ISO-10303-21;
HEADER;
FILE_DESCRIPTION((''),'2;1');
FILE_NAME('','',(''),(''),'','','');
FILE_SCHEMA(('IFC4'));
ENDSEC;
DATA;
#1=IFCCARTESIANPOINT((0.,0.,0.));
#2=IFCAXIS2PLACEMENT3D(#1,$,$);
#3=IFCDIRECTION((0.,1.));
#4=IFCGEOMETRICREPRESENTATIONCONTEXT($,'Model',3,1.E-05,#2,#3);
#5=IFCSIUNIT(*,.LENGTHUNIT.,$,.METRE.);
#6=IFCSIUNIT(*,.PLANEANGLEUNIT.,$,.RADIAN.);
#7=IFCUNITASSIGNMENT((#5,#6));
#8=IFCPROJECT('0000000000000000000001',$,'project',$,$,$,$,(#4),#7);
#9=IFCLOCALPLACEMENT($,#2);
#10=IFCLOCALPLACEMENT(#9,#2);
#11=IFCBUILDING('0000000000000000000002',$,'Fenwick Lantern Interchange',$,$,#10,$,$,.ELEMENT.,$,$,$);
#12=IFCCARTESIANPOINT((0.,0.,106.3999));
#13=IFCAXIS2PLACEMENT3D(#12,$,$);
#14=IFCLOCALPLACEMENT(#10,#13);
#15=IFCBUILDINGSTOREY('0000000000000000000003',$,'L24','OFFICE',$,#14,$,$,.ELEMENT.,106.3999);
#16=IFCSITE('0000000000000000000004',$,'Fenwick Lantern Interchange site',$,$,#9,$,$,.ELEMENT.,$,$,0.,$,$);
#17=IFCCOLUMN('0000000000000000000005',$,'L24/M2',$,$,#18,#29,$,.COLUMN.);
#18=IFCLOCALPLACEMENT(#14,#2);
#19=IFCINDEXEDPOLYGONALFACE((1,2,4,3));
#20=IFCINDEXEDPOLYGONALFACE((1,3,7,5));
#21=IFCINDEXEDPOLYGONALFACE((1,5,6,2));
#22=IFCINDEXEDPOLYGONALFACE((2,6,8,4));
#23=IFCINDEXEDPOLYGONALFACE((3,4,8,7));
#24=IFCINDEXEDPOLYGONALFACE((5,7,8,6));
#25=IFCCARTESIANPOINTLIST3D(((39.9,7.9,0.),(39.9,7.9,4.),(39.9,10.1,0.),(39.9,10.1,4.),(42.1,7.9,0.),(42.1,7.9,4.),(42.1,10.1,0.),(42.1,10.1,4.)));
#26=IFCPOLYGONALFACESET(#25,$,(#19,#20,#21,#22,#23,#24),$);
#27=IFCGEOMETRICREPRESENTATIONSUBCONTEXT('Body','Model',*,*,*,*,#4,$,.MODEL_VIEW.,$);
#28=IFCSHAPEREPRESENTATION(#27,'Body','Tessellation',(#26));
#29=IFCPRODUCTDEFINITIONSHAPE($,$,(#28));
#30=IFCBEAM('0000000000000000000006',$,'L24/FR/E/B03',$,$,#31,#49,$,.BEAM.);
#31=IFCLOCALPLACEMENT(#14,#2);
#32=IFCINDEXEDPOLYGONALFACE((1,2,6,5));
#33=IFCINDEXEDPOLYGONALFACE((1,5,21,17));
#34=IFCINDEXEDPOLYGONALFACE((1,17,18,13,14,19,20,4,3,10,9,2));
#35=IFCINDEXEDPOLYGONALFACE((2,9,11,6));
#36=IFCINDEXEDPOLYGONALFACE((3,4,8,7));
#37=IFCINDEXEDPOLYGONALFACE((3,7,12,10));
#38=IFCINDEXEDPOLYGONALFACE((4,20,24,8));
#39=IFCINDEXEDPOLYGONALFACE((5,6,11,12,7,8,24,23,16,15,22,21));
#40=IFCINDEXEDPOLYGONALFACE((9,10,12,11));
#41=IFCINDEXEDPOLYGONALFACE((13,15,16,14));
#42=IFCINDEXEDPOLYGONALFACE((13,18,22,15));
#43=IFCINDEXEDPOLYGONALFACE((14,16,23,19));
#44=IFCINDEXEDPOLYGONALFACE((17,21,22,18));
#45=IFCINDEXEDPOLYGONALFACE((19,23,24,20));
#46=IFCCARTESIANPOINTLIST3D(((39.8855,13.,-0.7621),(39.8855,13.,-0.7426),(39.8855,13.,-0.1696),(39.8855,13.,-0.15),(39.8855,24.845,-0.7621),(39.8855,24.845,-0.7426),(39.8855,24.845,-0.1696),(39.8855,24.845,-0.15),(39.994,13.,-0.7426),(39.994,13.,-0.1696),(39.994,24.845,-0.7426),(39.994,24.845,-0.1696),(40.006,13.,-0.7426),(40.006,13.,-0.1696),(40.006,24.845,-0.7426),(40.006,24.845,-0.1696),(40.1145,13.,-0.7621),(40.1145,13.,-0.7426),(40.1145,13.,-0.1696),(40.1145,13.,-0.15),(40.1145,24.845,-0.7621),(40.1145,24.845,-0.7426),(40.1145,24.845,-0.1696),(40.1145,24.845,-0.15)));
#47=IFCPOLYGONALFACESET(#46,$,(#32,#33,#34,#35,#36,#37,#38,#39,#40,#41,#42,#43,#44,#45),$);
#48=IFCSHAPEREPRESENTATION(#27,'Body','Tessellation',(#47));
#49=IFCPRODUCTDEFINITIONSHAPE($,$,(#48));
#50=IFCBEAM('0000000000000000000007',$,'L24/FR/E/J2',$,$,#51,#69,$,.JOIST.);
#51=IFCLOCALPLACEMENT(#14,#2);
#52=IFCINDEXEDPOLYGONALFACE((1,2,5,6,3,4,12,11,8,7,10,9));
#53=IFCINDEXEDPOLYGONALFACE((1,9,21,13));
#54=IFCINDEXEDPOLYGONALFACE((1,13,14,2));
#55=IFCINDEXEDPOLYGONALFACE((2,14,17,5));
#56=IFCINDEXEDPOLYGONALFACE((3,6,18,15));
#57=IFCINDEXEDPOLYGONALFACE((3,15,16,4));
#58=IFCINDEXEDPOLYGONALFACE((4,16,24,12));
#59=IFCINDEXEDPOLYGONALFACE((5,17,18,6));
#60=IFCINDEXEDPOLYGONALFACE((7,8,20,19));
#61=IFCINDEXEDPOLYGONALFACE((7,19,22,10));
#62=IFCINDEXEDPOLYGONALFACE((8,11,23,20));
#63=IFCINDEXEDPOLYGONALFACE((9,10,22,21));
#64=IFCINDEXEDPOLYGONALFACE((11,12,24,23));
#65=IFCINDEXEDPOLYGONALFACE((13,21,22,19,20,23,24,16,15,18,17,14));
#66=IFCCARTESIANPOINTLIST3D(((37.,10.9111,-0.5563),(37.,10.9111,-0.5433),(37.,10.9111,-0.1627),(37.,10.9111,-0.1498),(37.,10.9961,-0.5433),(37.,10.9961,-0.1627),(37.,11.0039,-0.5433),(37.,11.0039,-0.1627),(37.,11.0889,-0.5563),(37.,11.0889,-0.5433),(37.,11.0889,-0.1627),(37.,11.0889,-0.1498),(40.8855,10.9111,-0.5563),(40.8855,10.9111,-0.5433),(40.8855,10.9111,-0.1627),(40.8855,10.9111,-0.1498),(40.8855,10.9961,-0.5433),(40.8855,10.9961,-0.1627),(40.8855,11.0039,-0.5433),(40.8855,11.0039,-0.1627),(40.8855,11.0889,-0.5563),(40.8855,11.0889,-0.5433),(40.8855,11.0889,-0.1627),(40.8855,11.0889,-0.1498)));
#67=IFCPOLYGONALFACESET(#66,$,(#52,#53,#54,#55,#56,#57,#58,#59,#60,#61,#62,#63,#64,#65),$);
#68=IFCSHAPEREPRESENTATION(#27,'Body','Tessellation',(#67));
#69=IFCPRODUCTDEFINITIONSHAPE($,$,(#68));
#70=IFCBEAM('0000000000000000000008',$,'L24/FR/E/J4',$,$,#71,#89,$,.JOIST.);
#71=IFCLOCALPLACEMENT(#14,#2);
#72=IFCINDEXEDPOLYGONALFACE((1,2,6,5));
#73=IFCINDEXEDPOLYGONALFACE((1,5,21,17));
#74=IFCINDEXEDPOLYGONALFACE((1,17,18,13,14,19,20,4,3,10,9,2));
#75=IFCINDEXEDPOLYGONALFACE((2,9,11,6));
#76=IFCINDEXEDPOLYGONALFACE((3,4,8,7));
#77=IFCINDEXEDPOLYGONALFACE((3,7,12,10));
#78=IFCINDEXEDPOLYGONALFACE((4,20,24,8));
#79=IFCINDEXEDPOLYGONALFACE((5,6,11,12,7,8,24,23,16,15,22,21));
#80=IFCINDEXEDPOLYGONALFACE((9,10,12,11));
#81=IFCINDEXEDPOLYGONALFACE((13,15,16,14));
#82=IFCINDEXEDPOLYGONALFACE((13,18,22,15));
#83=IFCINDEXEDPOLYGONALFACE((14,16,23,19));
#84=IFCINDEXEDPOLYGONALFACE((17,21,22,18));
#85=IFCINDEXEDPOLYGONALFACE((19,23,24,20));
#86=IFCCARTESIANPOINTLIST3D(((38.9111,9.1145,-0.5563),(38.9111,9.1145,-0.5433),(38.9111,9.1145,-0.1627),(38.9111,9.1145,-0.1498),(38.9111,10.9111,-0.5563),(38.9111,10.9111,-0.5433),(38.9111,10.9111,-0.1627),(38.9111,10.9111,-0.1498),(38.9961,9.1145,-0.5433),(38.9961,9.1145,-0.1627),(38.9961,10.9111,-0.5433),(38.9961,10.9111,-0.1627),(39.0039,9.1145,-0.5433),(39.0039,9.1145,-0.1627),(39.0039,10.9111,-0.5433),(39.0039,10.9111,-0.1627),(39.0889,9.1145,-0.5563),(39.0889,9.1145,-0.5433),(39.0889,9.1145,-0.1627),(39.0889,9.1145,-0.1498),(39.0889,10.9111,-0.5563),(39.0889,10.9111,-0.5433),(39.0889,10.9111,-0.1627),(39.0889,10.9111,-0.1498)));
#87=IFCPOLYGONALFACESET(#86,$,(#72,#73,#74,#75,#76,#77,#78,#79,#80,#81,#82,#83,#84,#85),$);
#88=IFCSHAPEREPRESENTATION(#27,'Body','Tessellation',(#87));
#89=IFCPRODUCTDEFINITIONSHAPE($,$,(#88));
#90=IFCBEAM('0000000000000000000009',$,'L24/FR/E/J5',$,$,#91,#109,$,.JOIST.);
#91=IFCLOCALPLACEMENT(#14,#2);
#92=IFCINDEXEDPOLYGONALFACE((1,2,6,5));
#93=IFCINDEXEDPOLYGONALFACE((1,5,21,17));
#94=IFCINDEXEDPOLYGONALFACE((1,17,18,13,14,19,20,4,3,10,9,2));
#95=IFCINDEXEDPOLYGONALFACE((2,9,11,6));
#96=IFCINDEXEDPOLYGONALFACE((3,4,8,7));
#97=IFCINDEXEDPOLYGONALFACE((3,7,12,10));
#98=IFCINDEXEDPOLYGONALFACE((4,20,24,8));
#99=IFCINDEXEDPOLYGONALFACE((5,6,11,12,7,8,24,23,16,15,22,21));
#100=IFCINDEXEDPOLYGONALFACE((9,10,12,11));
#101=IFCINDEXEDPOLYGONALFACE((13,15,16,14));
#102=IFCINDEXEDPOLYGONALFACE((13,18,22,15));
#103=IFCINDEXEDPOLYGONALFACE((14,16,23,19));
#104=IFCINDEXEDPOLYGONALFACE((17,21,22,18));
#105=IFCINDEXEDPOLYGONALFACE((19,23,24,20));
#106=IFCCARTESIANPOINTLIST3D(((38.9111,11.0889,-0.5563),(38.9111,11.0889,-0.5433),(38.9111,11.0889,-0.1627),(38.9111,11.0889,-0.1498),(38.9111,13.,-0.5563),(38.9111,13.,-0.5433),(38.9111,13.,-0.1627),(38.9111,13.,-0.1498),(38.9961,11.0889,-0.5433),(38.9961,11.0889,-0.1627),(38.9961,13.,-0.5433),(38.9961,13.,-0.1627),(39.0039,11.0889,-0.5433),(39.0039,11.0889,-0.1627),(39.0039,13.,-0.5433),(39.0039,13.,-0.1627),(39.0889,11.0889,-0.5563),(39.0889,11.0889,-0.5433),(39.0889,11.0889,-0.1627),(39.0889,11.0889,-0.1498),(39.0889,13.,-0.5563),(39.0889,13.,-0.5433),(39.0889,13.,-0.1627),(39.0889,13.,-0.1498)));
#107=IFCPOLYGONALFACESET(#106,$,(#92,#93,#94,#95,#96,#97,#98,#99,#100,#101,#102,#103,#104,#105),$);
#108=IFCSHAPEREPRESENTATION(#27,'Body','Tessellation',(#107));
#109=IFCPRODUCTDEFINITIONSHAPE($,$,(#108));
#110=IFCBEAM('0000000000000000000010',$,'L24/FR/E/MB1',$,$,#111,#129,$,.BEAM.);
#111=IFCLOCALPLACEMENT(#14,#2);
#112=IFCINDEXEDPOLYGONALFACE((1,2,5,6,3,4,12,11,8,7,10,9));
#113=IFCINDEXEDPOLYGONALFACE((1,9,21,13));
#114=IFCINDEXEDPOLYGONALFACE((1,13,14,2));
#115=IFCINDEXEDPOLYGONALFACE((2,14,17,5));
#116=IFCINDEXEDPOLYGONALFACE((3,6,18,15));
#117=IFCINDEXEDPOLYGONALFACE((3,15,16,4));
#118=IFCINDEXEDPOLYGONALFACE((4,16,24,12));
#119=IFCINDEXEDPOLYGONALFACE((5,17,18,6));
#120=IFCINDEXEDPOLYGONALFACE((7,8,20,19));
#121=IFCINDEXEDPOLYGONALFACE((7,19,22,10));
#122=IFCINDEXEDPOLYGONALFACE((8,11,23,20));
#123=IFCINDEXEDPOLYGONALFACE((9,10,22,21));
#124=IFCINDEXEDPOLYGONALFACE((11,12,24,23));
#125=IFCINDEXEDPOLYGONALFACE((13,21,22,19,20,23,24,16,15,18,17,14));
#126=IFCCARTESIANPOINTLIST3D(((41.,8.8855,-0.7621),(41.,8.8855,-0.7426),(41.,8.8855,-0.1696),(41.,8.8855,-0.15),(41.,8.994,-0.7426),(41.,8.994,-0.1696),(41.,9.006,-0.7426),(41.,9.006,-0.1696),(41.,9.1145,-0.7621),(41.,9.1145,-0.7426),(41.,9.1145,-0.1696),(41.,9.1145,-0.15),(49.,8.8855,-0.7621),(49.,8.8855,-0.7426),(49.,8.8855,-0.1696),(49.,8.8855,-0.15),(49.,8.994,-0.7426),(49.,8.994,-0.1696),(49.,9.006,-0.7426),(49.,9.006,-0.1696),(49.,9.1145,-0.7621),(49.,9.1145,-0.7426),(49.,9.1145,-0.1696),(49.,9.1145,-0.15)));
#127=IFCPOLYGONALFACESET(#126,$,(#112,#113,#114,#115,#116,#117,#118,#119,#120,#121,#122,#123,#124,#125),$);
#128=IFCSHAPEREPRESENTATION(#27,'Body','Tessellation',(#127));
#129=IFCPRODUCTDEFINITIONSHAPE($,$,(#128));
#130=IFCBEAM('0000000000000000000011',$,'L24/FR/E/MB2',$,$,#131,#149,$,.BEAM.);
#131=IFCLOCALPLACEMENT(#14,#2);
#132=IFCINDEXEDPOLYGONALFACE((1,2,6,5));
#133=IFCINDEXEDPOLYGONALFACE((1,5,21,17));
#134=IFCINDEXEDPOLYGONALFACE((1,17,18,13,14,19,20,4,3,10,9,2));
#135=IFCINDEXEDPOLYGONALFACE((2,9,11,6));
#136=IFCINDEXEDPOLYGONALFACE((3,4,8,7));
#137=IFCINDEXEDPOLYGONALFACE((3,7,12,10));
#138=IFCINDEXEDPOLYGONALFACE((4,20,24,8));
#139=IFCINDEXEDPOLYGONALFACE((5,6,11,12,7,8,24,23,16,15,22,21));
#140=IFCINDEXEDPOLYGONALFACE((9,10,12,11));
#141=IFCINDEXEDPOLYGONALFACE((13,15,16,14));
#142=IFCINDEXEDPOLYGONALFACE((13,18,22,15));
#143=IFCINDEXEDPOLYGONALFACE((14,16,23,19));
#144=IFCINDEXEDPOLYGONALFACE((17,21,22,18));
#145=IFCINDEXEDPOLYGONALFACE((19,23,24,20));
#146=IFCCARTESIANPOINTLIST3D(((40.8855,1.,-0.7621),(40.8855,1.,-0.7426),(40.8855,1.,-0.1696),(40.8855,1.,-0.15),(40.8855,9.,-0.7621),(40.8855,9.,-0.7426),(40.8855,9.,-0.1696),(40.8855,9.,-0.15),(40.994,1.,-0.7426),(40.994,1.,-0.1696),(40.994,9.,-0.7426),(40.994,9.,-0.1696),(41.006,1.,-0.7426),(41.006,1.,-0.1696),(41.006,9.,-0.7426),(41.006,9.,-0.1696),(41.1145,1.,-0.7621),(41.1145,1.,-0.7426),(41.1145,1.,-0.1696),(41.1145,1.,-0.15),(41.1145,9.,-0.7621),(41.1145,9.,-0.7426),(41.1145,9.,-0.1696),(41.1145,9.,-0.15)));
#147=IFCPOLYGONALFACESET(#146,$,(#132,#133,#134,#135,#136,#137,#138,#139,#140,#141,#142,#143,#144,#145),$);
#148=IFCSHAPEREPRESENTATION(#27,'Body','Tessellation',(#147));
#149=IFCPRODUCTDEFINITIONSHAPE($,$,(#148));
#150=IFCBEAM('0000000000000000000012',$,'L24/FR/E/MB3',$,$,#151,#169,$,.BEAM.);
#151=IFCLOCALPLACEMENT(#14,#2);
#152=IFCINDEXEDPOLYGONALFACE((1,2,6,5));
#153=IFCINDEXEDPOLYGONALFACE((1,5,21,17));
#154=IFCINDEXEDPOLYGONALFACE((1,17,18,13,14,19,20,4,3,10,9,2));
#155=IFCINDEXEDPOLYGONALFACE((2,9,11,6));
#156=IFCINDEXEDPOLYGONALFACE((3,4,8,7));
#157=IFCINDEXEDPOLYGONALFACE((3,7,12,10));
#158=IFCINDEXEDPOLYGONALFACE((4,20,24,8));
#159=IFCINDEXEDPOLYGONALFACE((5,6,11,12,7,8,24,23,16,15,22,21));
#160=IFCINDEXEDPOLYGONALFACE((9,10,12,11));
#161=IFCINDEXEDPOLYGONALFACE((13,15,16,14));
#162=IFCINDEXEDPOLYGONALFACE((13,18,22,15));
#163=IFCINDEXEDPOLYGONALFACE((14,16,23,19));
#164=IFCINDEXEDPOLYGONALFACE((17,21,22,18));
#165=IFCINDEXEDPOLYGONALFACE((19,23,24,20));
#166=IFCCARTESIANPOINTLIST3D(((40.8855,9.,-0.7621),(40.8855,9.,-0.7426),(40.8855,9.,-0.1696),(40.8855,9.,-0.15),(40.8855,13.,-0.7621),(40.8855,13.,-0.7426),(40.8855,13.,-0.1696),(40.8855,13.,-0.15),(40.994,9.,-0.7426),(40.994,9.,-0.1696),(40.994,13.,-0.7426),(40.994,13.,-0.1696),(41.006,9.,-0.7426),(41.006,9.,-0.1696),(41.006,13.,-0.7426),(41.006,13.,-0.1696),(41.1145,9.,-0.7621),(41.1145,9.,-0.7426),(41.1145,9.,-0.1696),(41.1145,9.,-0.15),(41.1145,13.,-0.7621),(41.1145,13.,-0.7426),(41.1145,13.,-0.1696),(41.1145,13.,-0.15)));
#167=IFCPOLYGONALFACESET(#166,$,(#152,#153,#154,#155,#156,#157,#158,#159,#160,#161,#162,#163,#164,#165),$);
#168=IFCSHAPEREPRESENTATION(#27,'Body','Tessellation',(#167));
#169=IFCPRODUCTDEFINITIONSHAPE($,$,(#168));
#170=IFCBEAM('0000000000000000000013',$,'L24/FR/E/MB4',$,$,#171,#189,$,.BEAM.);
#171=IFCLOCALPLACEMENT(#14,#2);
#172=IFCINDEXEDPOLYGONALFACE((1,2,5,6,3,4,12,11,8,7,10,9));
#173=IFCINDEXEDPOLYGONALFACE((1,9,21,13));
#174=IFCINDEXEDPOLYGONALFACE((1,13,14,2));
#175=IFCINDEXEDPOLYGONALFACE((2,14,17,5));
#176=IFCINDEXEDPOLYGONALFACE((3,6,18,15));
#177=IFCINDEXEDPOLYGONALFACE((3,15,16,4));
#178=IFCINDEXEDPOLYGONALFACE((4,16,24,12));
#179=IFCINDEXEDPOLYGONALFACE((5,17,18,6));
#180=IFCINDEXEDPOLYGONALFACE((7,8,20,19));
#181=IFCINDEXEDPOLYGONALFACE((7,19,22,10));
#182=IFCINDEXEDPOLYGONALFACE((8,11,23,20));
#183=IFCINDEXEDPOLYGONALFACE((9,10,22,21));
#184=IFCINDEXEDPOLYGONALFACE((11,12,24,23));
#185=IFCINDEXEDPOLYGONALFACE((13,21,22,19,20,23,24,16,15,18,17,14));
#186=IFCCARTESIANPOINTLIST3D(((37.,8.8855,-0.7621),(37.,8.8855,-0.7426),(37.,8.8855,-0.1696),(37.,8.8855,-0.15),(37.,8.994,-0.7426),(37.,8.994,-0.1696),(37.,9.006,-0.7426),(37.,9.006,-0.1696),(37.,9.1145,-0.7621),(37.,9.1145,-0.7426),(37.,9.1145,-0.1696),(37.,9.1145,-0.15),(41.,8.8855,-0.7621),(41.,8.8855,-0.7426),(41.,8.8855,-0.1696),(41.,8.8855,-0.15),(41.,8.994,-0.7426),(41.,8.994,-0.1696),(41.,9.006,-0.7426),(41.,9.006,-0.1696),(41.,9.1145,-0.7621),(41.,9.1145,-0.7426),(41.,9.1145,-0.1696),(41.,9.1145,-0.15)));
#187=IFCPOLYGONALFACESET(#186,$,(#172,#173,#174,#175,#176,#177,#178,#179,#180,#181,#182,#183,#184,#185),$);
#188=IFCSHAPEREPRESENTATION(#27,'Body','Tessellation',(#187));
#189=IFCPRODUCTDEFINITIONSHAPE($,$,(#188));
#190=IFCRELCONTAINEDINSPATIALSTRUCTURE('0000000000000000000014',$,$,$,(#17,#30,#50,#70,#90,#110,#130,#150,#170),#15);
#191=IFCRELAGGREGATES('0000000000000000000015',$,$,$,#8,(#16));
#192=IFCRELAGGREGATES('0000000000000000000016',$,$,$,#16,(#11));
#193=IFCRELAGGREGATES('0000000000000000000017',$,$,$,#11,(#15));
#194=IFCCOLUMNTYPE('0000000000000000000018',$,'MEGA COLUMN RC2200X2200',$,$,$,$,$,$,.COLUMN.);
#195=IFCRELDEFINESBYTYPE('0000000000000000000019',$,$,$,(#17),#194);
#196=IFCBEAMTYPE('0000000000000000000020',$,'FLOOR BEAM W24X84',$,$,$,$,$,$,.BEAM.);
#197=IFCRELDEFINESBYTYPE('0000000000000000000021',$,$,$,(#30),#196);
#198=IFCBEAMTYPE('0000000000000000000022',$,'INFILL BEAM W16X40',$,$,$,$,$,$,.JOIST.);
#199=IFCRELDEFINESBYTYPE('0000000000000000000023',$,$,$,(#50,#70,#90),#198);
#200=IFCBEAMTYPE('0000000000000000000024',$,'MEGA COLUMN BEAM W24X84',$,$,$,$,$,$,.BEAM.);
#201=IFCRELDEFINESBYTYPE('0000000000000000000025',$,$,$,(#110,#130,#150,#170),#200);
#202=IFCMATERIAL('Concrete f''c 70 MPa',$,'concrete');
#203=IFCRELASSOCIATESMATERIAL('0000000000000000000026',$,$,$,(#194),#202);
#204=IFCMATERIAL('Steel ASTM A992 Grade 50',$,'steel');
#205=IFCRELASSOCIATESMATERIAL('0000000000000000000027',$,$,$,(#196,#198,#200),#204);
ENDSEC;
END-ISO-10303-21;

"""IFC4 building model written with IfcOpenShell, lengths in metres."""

from ifc_helpers import new_model, si_unit, direction, frame, origin, origin_2d, place, context, subcontext, project, spatial, rectangle, i_section, extrude, material, material_profile, profile_set, type_object, element, save


model = new_model("IFC4")

# Units and contexts
model_context = context("Model", 3, precision=1e-05, world=origin(), true_north=direction((0.0, 1.0)))
body_context = subcontext(model_context, "Body", "Model", "MODEL_VIEW")
ifc_project = project(units=[si_unit("LENGTHUNIT", "METRE"), si_unit("PLANEANGLEUNIT", "RADIAN")], contexts=[model_context])

# Site, building, storey
site_placement = place(None, origin())
site = spatial("IfcSite", under=ifc_project, at=site_placement, Name="Fenwick Lantern Interchange site", CompositionType="ELEMENT", RefElevation=0.0)
building_placement = place(site_placement, origin())
building = spatial("IfcBuilding", under=site, at=building_placement, Name="Fenwick Lantern Interchange", CompositionType="ELEMENT")
storey_placement = place(building_placement, frame((0.0, 0.0, 106.3999)))
storey = spatial("IfcBuildingStorey", under=building, at=storey_placement, Name="L24", Description="OFFICE", CompositionType="ELEMENT", Elevation=106.3999)

# Column
ifc_material_1 = material(Name="Concrete f'c 70 MPa", Category="concrete")
ifc_material_profile_1 = material_profile(ifc_material_1, rectangle(XDim=2.2, YDim=2.2, at=origin_2d()), Name="RC2200X2200")
ifc_profile_set_1 = profile_set([ifc_material_profile_1], Name="Concrete f'c 70 MPa")
column_type = type_object("IfcColumnType", Name="MEGA COLUMN RC2200X2200", PredefinedType="COLUMN", material=ifc_profile_set_1)
column_placement = place(storey_placement, frame((41.0, 9.0, 0.0), z_axis=(0.0, 0.0, 1.0), x_axis=(1.0, 0.0, 0.0)))
element("IfcColumn", 1, at=column_placement, inside=storey, type_object=column_type, Name="L24/M2", PredefinedType="COLUMN", context=body_context, shape_type="SweptSolid", body=[
    extrude(rectangle(XDim=2.2, YDim=2.2, at=origin_2d()), origin(), (0.0, 0.0, 1.0), 4.0),
])

# Beams
ifc_material_2 = material(Name="Steel ASTM A992 Grade 50", Category="steel")
ifc_material_profile_2 = material_profile(ifc_material_2, i_section(OverallWidth=0.229, OverallDepth=0.6121, WebThickness=0.012, FlangeThickness=0.0195, at=origin_2d()), Name="W24X84")
ifc_profile_set_2 = profile_set([ifc_material_profile_2], Name="Steel ASTM A992 Grade 50")
beam_type_1 = type_object("IfcBeamType", Name="FLOOR BEAM W24X84", PredefinedType="BEAM", material=ifc_profile_set_2)
beam_1_placement = place(storey_placement, frame((40.0, 13.0, -0.4561), z_axis=(0.0, 1.0, 0.0), x_axis=(-1.0, 0.0, 0.0)))
element("IfcBeam", 2, at=beam_1_placement, inside=storey, type_object=beam_type_1, Name="L24/FR/E/B03", PredefinedType="BEAM", context=body_context, shape_type="SweptSolid", body=[
    extrude(i_section(OverallWidth=0.229, OverallDepth=0.6121, WebThickness=0.012, FlangeThickness=0.0195, at=origin_2d()), origin(), (0.0, 0.0, 1.0), 11.845),
])
ifc_material_profile_3 = material_profile(ifc_material_2, i_section(OverallWidth=0.1777, OverallDepth=0.4065, WebThickness=0.0078, FlangeThickness=0.0129, at=origin_2d()), Name="W16X40")
ifc_profile_set_3 = profile_set([ifc_material_profile_3], Name="Steel ASTM A992 Grade 50")
beam_type_2 = type_object("IfcBeamType", Name="INFILL BEAM W16X40", PredefinedType="JOIST", material=ifc_profile_set_3)
beam_2_placement = place(storey_placement, frame((40.8855, 11.0, -0.353), z_axis=(-1.0, 0.0, 0.0), x_axis=(0.0, -1.0, 0.0)))
element("IfcBeam", 3, at=beam_2_placement, inside=storey, type_object=beam_type_2, Name="L24/FR/E/J2", PredefinedType="JOIST", context=body_context, shape_type="SweptSolid", body=[
    extrude(i_section(OverallWidth=0.1777, OverallDepth=0.4065, WebThickness=0.0078, FlangeThickness=0.0129, at=origin_2d()), origin(), (0.0, 0.0, 1.0), 3.8855),
])
beam_3_placement = place(storey_placement, frame((39.0, 9.1145, -0.353), z_axis=(0.0, 1.0, 0.0), x_axis=(-1.0, 0.0, 0.0)))
element("IfcBeam", 4, at=beam_3_placement, inside=storey, type_object=beam_type_2, Name="L24/FR/E/J4", PredefinedType="JOIST", context=body_context, shape_type="SweptSolid", body=[
    extrude(i_section(OverallWidth=0.1777, OverallDepth=0.4065, WebThickness=0.0078, FlangeThickness=0.0129, at=origin_2d()), origin(), (0.0, 0.0, 1.0), 1.7966),
])
beam_4_placement = place(storey_placement, frame((39.0, 11.0889, -0.353), z_axis=(0.0, 1.0, 0.0), x_axis=(-1.0, 0.0, 0.0)))
element("IfcBeam", 5, at=beam_4_placement, inside=storey, type_object=beam_type_2, Name="L24/FR/E/J5", PredefinedType="JOIST", context=body_context, shape_type="SweptSolid", body=[
    extrude(i_section(OverallWidth=0.1777, OverallDepth=0.4065, WebThickness=0.0078, FlangeThickness=0.0129, at=origin_2d()), origin(), (0.0, 0.0, 1.0), 1.9111),
])
ifc_material_profile_4 = material_profile(ifc_material_2, i_section(OverallWidth=0.229, OverallDepth=0.6121, WebThickness=0.012, FlangeThickness=0.0195, at=origin_2d()), Name="W24X84")
ifc_profile_set_4 = profile_set([ifc_material_profile_4], Name="Steel ASTM A992 Grade 50")
beam_type_3 = type_object("IfcBeamType", Name="MEGA COLUMN BEAM W24X84", PredefinedType="BEAM", material=ifc_profile_set_4)
for number, where, z_axis, x_axis, name in (
    (6, (41.0, 9.0, -0.4561), (1.0, 0.0, 0.0), (0.0, 1.0, 0.0), "L24/FR/E/MB1"),
    (7, (41.0, 9.0, -0.4561), (0.0, -1.0, 0.0), (1.0, 0.0, 0.0), "L24/FR/E/MB2"),
):
    element("IfcBeam", number, at=place(storey_placement, frame(where, z_axis=z_axis, x_axis=x_axis)), inside=storey, type_object=beam_type_3, Name=name, PredefinedType="BEAM", context=body_context, shape_type="SweptSolid", body=[
        extrude(i_section(OverallWidth=0.229, OverallDepth=0.6121, WebThickness=0.012, FlangeThickness=0.0195, at=origin_2d()), origin(), (0.0, 0.0, 1.0), 8.0),
    ])
for number, where, z_axis, x_axis, name in (
    (8, (41.0, 9.0, -0.4561), (0.0, 1.0, 0.0), (-1.0, 0.0, 0.0), "L24/FR/E/MB3"),
    (9, (41.0, 9.0, -0.4561), (-1.0, 0.0, 0.0), (0.0, -1.0, 0.0), "L24/FR/E/MB4"),
):
    element("IfcBeam", number, at=place(storey_placement, frame(where, z_axis=z_axis, x_axis=x_axis)), inside=storey, type_object=beam_type_3, Name=name, PredefinedType="BEAM", context=body_context, shape_type="SweptSolid", body=[
        extrude(i_section(OverallWidth=0.229, OverallDepth=0.6121, WebThickness=0.012, FlangeThickness=0.0195, at=origin_2d()), origin(), (0.0, 0.0, 1.0), 4.0),
    ])

save(model, "model.ifc")
